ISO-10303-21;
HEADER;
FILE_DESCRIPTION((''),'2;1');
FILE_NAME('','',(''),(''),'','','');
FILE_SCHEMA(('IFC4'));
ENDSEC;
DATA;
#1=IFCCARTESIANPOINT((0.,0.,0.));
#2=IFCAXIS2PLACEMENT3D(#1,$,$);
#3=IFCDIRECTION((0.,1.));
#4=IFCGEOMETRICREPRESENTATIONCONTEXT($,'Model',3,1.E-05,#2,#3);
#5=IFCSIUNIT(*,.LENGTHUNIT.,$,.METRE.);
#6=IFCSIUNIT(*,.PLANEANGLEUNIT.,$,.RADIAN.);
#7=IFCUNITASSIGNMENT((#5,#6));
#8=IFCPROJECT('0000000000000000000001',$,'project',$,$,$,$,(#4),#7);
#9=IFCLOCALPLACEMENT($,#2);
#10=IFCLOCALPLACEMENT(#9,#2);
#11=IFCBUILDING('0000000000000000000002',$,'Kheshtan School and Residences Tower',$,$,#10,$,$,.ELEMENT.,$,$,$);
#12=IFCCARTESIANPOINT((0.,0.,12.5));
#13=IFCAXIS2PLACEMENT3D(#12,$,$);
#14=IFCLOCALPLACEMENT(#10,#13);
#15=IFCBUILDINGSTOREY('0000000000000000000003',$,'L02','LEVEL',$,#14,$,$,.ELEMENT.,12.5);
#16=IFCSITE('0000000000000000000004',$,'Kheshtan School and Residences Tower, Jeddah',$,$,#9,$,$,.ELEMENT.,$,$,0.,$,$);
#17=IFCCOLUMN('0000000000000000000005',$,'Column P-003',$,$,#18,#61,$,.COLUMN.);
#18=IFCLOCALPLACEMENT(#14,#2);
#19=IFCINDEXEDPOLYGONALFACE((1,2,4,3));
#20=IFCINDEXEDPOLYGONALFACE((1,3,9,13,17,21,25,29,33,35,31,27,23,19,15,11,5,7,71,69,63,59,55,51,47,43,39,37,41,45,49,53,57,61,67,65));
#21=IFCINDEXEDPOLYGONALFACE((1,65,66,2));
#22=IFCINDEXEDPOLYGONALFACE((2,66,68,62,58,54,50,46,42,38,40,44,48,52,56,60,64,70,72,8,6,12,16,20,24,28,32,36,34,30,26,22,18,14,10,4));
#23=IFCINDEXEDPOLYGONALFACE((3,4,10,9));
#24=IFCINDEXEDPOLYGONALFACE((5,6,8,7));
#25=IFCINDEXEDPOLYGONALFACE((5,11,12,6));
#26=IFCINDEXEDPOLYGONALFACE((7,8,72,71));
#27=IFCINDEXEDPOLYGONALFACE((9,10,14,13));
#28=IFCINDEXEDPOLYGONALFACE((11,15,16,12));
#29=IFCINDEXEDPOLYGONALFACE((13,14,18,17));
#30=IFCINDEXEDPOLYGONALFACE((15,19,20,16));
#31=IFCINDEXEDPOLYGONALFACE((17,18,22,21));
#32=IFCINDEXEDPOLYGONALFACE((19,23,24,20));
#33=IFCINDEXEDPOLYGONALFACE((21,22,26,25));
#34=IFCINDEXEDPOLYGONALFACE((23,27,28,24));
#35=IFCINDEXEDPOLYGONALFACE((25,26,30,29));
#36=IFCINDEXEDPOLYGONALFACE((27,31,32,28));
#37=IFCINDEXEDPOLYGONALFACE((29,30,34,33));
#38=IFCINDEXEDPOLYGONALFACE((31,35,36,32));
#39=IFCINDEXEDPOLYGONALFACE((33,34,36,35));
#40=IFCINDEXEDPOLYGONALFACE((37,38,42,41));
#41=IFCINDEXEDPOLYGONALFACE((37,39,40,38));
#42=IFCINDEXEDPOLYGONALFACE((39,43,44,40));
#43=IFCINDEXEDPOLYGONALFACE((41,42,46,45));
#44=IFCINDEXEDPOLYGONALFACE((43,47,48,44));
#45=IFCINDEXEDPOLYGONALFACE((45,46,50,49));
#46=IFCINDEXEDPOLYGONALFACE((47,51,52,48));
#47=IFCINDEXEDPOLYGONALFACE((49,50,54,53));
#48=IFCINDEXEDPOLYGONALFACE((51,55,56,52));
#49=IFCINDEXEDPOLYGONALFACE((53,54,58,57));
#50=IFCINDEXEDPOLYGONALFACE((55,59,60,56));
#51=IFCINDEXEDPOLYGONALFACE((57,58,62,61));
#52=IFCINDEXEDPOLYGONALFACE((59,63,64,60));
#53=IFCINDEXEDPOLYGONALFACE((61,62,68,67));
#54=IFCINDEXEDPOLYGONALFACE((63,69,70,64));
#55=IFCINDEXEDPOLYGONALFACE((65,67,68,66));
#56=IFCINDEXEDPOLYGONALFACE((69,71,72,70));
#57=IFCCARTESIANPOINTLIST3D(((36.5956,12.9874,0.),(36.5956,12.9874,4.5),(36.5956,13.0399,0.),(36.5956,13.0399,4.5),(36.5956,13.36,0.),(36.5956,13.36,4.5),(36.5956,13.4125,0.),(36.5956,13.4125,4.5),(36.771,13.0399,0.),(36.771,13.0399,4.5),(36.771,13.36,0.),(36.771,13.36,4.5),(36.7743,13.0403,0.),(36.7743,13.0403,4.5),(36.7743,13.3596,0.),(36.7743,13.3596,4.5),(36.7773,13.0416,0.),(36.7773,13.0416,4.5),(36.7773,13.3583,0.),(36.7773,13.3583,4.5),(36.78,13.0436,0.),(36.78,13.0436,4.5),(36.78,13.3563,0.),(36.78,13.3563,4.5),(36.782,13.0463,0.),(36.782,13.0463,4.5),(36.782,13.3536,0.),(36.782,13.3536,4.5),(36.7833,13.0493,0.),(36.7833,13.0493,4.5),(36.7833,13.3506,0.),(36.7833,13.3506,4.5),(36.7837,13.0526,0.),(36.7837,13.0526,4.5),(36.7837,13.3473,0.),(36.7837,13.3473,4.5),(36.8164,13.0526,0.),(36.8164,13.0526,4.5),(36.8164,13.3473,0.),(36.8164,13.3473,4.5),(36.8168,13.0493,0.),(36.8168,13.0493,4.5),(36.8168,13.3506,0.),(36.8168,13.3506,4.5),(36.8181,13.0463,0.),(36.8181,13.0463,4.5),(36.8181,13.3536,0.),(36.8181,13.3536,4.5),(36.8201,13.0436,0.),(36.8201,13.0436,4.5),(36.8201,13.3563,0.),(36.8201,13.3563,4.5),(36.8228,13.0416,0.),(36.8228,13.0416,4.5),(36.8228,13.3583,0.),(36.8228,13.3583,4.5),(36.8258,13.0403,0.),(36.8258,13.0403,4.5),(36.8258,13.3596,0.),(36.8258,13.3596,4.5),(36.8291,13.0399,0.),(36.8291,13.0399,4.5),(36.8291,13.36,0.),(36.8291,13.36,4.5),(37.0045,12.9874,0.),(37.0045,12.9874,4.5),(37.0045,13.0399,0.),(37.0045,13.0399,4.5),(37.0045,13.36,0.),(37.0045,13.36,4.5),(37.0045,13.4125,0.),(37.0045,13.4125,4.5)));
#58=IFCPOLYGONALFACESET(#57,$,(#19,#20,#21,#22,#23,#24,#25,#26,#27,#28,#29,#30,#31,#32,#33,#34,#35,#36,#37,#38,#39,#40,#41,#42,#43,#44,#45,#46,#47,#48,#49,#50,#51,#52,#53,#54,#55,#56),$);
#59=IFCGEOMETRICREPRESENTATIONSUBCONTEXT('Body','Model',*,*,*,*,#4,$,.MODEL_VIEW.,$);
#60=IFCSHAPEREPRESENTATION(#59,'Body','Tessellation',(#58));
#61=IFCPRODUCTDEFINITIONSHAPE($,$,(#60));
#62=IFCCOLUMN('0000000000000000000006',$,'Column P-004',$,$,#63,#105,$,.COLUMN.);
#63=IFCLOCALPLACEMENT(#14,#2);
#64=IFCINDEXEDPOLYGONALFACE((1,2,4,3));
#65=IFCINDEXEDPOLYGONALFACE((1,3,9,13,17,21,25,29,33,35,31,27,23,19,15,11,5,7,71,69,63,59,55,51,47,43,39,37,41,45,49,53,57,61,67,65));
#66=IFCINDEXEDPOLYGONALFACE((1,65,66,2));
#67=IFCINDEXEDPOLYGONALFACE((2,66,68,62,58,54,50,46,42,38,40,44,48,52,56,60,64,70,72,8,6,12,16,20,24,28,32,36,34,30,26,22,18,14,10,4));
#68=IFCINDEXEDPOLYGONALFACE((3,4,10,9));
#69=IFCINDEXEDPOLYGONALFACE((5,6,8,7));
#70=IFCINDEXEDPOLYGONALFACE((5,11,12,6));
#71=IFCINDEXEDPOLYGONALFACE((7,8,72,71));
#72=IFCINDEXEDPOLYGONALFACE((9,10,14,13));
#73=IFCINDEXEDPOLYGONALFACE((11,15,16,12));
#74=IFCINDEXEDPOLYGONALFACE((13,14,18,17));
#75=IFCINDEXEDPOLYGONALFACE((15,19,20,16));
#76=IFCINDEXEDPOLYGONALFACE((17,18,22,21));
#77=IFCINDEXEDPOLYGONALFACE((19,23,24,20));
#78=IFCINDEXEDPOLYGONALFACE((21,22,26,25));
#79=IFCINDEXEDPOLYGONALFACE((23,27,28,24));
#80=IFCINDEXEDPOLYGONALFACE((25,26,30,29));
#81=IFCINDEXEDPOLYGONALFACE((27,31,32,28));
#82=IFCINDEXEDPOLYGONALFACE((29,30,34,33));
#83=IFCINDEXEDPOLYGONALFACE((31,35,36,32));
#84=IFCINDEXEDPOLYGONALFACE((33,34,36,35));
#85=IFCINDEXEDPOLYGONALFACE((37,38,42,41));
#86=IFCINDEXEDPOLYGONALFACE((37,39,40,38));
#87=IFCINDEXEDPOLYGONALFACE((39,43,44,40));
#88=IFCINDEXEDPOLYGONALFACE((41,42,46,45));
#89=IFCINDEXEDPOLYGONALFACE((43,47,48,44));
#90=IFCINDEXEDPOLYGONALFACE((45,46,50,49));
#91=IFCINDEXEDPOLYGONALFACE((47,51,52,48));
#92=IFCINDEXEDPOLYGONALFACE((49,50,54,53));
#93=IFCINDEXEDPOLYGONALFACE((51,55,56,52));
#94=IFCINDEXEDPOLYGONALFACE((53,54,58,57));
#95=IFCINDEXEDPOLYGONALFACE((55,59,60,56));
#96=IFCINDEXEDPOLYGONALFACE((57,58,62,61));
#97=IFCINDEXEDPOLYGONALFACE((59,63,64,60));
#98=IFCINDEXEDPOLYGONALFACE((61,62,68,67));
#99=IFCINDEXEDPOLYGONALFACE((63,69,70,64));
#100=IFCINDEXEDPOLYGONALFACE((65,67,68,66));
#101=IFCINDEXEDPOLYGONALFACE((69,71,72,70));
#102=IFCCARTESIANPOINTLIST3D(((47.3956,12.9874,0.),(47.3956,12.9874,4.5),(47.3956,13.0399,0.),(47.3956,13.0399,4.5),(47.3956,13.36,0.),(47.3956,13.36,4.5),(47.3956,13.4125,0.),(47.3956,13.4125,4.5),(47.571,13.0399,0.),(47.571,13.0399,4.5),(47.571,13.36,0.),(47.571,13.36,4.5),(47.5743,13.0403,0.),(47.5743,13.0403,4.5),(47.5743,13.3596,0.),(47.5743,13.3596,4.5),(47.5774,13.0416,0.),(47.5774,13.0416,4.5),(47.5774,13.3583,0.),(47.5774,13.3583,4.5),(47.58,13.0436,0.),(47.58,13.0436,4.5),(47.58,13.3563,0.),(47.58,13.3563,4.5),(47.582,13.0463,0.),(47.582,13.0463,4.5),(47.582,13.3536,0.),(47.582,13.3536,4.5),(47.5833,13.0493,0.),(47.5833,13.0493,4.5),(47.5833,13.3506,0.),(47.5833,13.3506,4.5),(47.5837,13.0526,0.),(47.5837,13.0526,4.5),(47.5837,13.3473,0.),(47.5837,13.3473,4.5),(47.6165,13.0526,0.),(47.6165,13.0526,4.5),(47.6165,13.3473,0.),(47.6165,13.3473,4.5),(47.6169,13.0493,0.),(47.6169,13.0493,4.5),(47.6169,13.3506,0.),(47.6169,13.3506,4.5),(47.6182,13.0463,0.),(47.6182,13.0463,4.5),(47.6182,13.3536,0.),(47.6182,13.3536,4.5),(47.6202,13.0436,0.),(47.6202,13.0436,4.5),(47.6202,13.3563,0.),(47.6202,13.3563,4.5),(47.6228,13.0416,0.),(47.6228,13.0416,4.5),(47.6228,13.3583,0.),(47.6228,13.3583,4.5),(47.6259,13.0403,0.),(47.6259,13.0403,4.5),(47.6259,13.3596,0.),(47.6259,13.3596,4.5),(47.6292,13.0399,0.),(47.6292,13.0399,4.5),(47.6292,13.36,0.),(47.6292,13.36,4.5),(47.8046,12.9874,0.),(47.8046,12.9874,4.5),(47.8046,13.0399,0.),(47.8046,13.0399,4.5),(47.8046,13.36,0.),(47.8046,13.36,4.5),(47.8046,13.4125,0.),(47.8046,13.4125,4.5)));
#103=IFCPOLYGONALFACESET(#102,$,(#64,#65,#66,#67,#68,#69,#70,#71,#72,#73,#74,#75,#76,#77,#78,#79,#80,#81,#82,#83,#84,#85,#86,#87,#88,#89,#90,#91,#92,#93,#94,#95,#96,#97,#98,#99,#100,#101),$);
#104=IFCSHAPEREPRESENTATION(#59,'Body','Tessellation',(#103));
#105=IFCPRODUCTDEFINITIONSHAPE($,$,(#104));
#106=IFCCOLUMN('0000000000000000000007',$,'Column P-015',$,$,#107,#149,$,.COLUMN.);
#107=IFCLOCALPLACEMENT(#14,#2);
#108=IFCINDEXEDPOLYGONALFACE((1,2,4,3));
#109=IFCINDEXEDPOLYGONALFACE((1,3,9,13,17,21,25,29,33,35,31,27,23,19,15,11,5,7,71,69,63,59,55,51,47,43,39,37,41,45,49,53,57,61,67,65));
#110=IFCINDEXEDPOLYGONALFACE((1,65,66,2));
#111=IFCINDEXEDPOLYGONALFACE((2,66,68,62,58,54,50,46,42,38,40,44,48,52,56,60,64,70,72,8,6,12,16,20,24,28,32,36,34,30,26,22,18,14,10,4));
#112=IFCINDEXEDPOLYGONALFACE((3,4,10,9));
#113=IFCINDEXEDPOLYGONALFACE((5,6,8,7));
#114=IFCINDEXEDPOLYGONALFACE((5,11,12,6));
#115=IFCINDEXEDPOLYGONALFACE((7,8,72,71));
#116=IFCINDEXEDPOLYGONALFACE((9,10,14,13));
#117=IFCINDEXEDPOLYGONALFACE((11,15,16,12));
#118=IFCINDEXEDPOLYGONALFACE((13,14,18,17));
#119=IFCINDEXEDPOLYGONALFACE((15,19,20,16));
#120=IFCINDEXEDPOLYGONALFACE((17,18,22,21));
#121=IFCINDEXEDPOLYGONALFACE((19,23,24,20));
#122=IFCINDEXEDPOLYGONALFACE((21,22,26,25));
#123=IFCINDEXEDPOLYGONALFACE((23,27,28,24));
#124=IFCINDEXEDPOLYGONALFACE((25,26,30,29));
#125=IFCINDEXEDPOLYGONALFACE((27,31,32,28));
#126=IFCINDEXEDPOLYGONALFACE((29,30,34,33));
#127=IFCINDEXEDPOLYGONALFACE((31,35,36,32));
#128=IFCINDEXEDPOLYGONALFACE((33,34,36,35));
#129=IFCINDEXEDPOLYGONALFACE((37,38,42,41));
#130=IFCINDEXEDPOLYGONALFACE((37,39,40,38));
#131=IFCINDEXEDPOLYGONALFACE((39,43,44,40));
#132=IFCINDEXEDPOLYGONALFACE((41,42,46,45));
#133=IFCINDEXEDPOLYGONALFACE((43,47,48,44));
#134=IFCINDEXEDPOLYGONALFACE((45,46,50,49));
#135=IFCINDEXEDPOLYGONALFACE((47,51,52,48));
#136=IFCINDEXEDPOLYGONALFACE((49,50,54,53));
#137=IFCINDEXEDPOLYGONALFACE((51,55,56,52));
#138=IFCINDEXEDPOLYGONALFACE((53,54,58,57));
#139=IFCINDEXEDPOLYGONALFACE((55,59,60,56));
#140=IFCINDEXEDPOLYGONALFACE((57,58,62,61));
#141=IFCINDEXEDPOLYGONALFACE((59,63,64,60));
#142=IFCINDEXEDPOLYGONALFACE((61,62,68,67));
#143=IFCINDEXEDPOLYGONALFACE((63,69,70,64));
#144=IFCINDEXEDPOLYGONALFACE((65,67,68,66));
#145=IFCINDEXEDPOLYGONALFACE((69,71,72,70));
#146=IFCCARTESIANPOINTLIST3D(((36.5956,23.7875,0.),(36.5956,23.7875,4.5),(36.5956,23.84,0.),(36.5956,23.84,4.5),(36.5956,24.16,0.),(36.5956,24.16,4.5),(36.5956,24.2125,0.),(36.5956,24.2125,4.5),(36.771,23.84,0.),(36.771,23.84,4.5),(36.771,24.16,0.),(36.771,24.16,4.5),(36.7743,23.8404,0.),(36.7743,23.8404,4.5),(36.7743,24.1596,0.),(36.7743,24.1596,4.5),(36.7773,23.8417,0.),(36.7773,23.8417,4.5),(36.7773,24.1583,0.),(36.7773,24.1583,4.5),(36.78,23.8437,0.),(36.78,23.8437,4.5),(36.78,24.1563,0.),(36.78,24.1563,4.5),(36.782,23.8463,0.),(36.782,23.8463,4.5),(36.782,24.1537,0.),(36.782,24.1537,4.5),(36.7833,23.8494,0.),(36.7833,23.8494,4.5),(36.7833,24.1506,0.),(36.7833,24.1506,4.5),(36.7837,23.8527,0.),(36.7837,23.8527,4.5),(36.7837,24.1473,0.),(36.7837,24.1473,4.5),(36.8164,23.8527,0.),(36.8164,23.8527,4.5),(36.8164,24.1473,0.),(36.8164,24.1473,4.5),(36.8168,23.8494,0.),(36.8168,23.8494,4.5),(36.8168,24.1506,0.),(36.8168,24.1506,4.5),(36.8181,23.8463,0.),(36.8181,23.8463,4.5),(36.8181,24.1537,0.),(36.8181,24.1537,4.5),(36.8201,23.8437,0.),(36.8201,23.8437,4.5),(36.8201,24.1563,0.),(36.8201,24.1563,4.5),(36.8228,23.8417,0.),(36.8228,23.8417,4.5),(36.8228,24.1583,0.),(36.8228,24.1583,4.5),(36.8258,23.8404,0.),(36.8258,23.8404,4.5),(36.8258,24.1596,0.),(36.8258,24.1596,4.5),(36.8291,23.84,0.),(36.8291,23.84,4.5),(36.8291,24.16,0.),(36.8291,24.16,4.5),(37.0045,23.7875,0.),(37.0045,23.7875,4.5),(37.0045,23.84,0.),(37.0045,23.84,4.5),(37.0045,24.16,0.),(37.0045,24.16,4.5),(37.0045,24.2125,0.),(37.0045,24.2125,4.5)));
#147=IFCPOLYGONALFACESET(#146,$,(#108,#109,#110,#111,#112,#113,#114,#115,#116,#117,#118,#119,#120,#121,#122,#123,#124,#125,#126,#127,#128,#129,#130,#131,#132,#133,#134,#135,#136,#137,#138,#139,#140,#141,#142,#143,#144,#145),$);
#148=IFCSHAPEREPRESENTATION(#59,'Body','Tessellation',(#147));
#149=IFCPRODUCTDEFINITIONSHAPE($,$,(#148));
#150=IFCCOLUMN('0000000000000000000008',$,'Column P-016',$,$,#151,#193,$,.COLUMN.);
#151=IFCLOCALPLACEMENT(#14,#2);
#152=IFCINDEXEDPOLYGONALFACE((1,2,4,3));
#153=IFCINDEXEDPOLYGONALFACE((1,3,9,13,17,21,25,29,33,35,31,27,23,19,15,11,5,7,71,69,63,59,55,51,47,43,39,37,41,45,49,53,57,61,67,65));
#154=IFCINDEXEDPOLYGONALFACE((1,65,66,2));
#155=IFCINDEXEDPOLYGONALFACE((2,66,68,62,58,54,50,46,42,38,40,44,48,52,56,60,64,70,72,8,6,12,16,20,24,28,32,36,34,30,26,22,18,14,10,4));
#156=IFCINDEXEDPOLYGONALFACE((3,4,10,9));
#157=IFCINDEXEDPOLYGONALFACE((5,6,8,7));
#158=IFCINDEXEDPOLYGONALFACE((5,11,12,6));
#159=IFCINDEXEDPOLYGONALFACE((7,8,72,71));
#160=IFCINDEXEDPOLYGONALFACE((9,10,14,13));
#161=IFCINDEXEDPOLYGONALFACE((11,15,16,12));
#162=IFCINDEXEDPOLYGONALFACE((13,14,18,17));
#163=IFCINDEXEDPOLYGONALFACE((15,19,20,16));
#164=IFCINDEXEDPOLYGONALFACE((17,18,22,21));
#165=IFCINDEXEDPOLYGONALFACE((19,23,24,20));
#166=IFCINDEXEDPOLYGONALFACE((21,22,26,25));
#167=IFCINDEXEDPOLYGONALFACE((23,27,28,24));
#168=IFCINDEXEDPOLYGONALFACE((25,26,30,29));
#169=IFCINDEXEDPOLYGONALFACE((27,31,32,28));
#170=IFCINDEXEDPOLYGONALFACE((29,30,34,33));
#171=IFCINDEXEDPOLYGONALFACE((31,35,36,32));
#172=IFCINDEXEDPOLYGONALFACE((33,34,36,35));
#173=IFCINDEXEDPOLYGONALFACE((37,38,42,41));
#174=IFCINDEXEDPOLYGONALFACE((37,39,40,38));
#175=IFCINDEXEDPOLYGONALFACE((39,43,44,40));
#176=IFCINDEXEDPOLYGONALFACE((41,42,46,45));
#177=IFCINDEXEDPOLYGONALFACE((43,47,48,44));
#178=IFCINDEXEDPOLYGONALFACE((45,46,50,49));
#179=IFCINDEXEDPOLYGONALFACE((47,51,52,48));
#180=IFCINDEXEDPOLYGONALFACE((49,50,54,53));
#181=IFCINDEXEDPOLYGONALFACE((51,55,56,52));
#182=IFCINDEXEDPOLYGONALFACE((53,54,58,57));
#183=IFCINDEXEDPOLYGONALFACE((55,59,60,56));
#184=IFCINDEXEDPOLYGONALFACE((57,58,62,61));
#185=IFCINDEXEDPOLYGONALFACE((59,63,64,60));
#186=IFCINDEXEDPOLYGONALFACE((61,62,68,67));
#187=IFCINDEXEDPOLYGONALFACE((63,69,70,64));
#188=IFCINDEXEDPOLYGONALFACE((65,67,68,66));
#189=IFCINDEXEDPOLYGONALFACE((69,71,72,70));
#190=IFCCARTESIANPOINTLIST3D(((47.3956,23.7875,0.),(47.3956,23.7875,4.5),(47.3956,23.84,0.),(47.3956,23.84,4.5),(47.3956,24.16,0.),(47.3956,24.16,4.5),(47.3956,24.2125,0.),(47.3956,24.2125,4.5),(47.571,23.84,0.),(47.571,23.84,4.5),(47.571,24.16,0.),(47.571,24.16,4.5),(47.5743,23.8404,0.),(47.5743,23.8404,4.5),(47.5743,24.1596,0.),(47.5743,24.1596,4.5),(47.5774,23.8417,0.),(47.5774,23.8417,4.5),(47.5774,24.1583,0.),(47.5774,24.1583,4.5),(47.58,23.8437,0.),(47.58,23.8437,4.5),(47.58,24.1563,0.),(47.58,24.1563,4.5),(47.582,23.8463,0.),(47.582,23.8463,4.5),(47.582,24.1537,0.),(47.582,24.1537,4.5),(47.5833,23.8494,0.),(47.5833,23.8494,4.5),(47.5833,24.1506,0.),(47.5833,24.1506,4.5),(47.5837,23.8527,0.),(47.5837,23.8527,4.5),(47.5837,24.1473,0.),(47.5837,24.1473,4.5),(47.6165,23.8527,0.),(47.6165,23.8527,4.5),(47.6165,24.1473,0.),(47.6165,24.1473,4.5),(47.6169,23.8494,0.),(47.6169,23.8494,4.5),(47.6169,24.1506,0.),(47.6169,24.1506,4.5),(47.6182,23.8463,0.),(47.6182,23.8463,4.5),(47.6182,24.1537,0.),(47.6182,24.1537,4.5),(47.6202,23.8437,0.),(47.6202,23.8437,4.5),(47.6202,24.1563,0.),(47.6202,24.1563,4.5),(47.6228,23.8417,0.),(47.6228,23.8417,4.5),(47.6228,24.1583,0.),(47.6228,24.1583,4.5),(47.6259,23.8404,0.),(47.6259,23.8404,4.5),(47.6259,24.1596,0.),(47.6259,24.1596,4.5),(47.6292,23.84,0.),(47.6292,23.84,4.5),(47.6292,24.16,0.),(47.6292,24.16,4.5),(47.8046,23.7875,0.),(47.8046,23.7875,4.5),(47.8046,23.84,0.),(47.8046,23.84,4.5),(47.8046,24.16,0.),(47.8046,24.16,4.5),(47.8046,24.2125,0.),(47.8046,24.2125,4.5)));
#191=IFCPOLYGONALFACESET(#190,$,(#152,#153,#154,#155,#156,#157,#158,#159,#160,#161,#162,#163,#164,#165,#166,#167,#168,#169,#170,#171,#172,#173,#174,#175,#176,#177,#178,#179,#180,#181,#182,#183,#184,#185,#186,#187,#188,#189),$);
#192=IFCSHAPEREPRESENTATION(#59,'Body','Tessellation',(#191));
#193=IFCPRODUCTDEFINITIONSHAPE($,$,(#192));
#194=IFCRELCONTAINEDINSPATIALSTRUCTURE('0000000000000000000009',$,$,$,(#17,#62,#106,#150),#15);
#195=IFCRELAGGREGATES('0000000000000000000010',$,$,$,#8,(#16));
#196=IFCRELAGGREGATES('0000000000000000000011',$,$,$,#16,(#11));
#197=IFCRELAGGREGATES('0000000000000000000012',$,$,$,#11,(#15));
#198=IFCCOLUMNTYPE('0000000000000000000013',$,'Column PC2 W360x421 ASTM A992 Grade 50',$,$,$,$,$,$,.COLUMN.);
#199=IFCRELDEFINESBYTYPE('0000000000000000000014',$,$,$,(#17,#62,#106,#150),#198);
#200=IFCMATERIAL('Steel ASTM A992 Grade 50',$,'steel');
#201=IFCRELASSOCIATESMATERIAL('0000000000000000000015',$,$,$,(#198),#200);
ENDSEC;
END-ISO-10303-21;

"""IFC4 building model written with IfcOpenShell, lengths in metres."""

from ifc_helpers import new_model, si_unit, direction, frame, origin, origin_2d, place, context, subcontext, project, spatial, i_section, extrude, material, material_profile, profile_set, type_object, element, save


model = new_model("IFC4")

# Units and contexts
model_context = context("Model", 3, precision=1e-05, world=origin(), true_north=direction((0.0, 1.0)))
body_context = subcontext(model_context, "Body", "Model", "MODEL_VIEW")
ifc_project = project(units=[si_unit("LENGTHUNIT", "METRE"), si_unit("PLANEANGLEUNIT", "RADIAN")], contexts=[model_context])

# Site, building, storey
site_placement = place(None, origin())
site = spatial("IfcSite", under=ifc_project, at=site_placement, Name="Kheshtan School and Residences Tower, Jeddah", CompositionType="ELEMENT", RefElevation=0.0)
building_placement = place(site_placement, origin())
building = spatial("IfcBuilding", under=site, at=building_placement, Name="Kheshtan School and Residences Tower", CompositionType="ELEMENT")
storey_placement = place(building_placement, frame((0.0, 0.0, 12.5)))
storey = spatial("IfcBuildingStorey", under=building, at=storey_placement, Name="L02", Description="LEVEL", CompositionType="ELEMENT", Elevation=12.5)

# Columns
ifc_material_1 = material(Name="Steel ASTM A992 Grade 50", Category="steel")
ifc_material_profile_1 = material_profile(ifc_material_1, i_section(OverallWidth=0.4089, OverallDepth=0.425, WebThickness=0.0327, FlangeThickness=0.0525, FilletRadius=0.0127, at=origin_2d()), Name="W360x421")
ifc_profile_set_1 = profile_set([ifc_material_profile_1], Name="Steel ASTM A992 Grade 50")
column_type = type_object("IfcColumnType", Name="Column PC2 W360x421 ASTM A992 Grade 50", PredefinedType="COLUMN", material=ifc_profile_set_1)
for number, where, z_axis, x_axis, name in (
    (1, (36.8, 13.2, 0.0), (0.0, 0.0, 1.0), (1.0, 0.0, 0.0), "Column P-003"),
    (2, (47.6001, 13.2, 0.0), (0.0, 0.0, 1.0), (1.0, 0.0, 0.0), "Column P-004"),
    (3, (36.8, 24.0, 0.0), (0.0, 0.0, 1.0), (1.0, 0.0, 0.0), "Column P-015"),
    (4, (47.6001, 24.0, 0.0), (0.0, 0.0, 1.0), (1.0, 0.0, 0.0), "Column P-016"),
):
    element("IfcColumn", number, at=place(storey_placement, frame(where, z_axis=z_axis, x_axis=x_axis)), inside=storey, type_object=column_type, Name=name, PredefinedType="COLUMN", context=body_context, shape_type="SweptSolid", body=[
        extrude(i_section(OverallWidth=0.4089, OverallDepth=0.425, WebThickness=0.0327, FlangeThickness=0.0525, FilletRadius=0.0127, at=origin_2d()), origin(), (0.0, 0.0, 1.0), 4.5),
    ])

save(model, "model.ifc")
